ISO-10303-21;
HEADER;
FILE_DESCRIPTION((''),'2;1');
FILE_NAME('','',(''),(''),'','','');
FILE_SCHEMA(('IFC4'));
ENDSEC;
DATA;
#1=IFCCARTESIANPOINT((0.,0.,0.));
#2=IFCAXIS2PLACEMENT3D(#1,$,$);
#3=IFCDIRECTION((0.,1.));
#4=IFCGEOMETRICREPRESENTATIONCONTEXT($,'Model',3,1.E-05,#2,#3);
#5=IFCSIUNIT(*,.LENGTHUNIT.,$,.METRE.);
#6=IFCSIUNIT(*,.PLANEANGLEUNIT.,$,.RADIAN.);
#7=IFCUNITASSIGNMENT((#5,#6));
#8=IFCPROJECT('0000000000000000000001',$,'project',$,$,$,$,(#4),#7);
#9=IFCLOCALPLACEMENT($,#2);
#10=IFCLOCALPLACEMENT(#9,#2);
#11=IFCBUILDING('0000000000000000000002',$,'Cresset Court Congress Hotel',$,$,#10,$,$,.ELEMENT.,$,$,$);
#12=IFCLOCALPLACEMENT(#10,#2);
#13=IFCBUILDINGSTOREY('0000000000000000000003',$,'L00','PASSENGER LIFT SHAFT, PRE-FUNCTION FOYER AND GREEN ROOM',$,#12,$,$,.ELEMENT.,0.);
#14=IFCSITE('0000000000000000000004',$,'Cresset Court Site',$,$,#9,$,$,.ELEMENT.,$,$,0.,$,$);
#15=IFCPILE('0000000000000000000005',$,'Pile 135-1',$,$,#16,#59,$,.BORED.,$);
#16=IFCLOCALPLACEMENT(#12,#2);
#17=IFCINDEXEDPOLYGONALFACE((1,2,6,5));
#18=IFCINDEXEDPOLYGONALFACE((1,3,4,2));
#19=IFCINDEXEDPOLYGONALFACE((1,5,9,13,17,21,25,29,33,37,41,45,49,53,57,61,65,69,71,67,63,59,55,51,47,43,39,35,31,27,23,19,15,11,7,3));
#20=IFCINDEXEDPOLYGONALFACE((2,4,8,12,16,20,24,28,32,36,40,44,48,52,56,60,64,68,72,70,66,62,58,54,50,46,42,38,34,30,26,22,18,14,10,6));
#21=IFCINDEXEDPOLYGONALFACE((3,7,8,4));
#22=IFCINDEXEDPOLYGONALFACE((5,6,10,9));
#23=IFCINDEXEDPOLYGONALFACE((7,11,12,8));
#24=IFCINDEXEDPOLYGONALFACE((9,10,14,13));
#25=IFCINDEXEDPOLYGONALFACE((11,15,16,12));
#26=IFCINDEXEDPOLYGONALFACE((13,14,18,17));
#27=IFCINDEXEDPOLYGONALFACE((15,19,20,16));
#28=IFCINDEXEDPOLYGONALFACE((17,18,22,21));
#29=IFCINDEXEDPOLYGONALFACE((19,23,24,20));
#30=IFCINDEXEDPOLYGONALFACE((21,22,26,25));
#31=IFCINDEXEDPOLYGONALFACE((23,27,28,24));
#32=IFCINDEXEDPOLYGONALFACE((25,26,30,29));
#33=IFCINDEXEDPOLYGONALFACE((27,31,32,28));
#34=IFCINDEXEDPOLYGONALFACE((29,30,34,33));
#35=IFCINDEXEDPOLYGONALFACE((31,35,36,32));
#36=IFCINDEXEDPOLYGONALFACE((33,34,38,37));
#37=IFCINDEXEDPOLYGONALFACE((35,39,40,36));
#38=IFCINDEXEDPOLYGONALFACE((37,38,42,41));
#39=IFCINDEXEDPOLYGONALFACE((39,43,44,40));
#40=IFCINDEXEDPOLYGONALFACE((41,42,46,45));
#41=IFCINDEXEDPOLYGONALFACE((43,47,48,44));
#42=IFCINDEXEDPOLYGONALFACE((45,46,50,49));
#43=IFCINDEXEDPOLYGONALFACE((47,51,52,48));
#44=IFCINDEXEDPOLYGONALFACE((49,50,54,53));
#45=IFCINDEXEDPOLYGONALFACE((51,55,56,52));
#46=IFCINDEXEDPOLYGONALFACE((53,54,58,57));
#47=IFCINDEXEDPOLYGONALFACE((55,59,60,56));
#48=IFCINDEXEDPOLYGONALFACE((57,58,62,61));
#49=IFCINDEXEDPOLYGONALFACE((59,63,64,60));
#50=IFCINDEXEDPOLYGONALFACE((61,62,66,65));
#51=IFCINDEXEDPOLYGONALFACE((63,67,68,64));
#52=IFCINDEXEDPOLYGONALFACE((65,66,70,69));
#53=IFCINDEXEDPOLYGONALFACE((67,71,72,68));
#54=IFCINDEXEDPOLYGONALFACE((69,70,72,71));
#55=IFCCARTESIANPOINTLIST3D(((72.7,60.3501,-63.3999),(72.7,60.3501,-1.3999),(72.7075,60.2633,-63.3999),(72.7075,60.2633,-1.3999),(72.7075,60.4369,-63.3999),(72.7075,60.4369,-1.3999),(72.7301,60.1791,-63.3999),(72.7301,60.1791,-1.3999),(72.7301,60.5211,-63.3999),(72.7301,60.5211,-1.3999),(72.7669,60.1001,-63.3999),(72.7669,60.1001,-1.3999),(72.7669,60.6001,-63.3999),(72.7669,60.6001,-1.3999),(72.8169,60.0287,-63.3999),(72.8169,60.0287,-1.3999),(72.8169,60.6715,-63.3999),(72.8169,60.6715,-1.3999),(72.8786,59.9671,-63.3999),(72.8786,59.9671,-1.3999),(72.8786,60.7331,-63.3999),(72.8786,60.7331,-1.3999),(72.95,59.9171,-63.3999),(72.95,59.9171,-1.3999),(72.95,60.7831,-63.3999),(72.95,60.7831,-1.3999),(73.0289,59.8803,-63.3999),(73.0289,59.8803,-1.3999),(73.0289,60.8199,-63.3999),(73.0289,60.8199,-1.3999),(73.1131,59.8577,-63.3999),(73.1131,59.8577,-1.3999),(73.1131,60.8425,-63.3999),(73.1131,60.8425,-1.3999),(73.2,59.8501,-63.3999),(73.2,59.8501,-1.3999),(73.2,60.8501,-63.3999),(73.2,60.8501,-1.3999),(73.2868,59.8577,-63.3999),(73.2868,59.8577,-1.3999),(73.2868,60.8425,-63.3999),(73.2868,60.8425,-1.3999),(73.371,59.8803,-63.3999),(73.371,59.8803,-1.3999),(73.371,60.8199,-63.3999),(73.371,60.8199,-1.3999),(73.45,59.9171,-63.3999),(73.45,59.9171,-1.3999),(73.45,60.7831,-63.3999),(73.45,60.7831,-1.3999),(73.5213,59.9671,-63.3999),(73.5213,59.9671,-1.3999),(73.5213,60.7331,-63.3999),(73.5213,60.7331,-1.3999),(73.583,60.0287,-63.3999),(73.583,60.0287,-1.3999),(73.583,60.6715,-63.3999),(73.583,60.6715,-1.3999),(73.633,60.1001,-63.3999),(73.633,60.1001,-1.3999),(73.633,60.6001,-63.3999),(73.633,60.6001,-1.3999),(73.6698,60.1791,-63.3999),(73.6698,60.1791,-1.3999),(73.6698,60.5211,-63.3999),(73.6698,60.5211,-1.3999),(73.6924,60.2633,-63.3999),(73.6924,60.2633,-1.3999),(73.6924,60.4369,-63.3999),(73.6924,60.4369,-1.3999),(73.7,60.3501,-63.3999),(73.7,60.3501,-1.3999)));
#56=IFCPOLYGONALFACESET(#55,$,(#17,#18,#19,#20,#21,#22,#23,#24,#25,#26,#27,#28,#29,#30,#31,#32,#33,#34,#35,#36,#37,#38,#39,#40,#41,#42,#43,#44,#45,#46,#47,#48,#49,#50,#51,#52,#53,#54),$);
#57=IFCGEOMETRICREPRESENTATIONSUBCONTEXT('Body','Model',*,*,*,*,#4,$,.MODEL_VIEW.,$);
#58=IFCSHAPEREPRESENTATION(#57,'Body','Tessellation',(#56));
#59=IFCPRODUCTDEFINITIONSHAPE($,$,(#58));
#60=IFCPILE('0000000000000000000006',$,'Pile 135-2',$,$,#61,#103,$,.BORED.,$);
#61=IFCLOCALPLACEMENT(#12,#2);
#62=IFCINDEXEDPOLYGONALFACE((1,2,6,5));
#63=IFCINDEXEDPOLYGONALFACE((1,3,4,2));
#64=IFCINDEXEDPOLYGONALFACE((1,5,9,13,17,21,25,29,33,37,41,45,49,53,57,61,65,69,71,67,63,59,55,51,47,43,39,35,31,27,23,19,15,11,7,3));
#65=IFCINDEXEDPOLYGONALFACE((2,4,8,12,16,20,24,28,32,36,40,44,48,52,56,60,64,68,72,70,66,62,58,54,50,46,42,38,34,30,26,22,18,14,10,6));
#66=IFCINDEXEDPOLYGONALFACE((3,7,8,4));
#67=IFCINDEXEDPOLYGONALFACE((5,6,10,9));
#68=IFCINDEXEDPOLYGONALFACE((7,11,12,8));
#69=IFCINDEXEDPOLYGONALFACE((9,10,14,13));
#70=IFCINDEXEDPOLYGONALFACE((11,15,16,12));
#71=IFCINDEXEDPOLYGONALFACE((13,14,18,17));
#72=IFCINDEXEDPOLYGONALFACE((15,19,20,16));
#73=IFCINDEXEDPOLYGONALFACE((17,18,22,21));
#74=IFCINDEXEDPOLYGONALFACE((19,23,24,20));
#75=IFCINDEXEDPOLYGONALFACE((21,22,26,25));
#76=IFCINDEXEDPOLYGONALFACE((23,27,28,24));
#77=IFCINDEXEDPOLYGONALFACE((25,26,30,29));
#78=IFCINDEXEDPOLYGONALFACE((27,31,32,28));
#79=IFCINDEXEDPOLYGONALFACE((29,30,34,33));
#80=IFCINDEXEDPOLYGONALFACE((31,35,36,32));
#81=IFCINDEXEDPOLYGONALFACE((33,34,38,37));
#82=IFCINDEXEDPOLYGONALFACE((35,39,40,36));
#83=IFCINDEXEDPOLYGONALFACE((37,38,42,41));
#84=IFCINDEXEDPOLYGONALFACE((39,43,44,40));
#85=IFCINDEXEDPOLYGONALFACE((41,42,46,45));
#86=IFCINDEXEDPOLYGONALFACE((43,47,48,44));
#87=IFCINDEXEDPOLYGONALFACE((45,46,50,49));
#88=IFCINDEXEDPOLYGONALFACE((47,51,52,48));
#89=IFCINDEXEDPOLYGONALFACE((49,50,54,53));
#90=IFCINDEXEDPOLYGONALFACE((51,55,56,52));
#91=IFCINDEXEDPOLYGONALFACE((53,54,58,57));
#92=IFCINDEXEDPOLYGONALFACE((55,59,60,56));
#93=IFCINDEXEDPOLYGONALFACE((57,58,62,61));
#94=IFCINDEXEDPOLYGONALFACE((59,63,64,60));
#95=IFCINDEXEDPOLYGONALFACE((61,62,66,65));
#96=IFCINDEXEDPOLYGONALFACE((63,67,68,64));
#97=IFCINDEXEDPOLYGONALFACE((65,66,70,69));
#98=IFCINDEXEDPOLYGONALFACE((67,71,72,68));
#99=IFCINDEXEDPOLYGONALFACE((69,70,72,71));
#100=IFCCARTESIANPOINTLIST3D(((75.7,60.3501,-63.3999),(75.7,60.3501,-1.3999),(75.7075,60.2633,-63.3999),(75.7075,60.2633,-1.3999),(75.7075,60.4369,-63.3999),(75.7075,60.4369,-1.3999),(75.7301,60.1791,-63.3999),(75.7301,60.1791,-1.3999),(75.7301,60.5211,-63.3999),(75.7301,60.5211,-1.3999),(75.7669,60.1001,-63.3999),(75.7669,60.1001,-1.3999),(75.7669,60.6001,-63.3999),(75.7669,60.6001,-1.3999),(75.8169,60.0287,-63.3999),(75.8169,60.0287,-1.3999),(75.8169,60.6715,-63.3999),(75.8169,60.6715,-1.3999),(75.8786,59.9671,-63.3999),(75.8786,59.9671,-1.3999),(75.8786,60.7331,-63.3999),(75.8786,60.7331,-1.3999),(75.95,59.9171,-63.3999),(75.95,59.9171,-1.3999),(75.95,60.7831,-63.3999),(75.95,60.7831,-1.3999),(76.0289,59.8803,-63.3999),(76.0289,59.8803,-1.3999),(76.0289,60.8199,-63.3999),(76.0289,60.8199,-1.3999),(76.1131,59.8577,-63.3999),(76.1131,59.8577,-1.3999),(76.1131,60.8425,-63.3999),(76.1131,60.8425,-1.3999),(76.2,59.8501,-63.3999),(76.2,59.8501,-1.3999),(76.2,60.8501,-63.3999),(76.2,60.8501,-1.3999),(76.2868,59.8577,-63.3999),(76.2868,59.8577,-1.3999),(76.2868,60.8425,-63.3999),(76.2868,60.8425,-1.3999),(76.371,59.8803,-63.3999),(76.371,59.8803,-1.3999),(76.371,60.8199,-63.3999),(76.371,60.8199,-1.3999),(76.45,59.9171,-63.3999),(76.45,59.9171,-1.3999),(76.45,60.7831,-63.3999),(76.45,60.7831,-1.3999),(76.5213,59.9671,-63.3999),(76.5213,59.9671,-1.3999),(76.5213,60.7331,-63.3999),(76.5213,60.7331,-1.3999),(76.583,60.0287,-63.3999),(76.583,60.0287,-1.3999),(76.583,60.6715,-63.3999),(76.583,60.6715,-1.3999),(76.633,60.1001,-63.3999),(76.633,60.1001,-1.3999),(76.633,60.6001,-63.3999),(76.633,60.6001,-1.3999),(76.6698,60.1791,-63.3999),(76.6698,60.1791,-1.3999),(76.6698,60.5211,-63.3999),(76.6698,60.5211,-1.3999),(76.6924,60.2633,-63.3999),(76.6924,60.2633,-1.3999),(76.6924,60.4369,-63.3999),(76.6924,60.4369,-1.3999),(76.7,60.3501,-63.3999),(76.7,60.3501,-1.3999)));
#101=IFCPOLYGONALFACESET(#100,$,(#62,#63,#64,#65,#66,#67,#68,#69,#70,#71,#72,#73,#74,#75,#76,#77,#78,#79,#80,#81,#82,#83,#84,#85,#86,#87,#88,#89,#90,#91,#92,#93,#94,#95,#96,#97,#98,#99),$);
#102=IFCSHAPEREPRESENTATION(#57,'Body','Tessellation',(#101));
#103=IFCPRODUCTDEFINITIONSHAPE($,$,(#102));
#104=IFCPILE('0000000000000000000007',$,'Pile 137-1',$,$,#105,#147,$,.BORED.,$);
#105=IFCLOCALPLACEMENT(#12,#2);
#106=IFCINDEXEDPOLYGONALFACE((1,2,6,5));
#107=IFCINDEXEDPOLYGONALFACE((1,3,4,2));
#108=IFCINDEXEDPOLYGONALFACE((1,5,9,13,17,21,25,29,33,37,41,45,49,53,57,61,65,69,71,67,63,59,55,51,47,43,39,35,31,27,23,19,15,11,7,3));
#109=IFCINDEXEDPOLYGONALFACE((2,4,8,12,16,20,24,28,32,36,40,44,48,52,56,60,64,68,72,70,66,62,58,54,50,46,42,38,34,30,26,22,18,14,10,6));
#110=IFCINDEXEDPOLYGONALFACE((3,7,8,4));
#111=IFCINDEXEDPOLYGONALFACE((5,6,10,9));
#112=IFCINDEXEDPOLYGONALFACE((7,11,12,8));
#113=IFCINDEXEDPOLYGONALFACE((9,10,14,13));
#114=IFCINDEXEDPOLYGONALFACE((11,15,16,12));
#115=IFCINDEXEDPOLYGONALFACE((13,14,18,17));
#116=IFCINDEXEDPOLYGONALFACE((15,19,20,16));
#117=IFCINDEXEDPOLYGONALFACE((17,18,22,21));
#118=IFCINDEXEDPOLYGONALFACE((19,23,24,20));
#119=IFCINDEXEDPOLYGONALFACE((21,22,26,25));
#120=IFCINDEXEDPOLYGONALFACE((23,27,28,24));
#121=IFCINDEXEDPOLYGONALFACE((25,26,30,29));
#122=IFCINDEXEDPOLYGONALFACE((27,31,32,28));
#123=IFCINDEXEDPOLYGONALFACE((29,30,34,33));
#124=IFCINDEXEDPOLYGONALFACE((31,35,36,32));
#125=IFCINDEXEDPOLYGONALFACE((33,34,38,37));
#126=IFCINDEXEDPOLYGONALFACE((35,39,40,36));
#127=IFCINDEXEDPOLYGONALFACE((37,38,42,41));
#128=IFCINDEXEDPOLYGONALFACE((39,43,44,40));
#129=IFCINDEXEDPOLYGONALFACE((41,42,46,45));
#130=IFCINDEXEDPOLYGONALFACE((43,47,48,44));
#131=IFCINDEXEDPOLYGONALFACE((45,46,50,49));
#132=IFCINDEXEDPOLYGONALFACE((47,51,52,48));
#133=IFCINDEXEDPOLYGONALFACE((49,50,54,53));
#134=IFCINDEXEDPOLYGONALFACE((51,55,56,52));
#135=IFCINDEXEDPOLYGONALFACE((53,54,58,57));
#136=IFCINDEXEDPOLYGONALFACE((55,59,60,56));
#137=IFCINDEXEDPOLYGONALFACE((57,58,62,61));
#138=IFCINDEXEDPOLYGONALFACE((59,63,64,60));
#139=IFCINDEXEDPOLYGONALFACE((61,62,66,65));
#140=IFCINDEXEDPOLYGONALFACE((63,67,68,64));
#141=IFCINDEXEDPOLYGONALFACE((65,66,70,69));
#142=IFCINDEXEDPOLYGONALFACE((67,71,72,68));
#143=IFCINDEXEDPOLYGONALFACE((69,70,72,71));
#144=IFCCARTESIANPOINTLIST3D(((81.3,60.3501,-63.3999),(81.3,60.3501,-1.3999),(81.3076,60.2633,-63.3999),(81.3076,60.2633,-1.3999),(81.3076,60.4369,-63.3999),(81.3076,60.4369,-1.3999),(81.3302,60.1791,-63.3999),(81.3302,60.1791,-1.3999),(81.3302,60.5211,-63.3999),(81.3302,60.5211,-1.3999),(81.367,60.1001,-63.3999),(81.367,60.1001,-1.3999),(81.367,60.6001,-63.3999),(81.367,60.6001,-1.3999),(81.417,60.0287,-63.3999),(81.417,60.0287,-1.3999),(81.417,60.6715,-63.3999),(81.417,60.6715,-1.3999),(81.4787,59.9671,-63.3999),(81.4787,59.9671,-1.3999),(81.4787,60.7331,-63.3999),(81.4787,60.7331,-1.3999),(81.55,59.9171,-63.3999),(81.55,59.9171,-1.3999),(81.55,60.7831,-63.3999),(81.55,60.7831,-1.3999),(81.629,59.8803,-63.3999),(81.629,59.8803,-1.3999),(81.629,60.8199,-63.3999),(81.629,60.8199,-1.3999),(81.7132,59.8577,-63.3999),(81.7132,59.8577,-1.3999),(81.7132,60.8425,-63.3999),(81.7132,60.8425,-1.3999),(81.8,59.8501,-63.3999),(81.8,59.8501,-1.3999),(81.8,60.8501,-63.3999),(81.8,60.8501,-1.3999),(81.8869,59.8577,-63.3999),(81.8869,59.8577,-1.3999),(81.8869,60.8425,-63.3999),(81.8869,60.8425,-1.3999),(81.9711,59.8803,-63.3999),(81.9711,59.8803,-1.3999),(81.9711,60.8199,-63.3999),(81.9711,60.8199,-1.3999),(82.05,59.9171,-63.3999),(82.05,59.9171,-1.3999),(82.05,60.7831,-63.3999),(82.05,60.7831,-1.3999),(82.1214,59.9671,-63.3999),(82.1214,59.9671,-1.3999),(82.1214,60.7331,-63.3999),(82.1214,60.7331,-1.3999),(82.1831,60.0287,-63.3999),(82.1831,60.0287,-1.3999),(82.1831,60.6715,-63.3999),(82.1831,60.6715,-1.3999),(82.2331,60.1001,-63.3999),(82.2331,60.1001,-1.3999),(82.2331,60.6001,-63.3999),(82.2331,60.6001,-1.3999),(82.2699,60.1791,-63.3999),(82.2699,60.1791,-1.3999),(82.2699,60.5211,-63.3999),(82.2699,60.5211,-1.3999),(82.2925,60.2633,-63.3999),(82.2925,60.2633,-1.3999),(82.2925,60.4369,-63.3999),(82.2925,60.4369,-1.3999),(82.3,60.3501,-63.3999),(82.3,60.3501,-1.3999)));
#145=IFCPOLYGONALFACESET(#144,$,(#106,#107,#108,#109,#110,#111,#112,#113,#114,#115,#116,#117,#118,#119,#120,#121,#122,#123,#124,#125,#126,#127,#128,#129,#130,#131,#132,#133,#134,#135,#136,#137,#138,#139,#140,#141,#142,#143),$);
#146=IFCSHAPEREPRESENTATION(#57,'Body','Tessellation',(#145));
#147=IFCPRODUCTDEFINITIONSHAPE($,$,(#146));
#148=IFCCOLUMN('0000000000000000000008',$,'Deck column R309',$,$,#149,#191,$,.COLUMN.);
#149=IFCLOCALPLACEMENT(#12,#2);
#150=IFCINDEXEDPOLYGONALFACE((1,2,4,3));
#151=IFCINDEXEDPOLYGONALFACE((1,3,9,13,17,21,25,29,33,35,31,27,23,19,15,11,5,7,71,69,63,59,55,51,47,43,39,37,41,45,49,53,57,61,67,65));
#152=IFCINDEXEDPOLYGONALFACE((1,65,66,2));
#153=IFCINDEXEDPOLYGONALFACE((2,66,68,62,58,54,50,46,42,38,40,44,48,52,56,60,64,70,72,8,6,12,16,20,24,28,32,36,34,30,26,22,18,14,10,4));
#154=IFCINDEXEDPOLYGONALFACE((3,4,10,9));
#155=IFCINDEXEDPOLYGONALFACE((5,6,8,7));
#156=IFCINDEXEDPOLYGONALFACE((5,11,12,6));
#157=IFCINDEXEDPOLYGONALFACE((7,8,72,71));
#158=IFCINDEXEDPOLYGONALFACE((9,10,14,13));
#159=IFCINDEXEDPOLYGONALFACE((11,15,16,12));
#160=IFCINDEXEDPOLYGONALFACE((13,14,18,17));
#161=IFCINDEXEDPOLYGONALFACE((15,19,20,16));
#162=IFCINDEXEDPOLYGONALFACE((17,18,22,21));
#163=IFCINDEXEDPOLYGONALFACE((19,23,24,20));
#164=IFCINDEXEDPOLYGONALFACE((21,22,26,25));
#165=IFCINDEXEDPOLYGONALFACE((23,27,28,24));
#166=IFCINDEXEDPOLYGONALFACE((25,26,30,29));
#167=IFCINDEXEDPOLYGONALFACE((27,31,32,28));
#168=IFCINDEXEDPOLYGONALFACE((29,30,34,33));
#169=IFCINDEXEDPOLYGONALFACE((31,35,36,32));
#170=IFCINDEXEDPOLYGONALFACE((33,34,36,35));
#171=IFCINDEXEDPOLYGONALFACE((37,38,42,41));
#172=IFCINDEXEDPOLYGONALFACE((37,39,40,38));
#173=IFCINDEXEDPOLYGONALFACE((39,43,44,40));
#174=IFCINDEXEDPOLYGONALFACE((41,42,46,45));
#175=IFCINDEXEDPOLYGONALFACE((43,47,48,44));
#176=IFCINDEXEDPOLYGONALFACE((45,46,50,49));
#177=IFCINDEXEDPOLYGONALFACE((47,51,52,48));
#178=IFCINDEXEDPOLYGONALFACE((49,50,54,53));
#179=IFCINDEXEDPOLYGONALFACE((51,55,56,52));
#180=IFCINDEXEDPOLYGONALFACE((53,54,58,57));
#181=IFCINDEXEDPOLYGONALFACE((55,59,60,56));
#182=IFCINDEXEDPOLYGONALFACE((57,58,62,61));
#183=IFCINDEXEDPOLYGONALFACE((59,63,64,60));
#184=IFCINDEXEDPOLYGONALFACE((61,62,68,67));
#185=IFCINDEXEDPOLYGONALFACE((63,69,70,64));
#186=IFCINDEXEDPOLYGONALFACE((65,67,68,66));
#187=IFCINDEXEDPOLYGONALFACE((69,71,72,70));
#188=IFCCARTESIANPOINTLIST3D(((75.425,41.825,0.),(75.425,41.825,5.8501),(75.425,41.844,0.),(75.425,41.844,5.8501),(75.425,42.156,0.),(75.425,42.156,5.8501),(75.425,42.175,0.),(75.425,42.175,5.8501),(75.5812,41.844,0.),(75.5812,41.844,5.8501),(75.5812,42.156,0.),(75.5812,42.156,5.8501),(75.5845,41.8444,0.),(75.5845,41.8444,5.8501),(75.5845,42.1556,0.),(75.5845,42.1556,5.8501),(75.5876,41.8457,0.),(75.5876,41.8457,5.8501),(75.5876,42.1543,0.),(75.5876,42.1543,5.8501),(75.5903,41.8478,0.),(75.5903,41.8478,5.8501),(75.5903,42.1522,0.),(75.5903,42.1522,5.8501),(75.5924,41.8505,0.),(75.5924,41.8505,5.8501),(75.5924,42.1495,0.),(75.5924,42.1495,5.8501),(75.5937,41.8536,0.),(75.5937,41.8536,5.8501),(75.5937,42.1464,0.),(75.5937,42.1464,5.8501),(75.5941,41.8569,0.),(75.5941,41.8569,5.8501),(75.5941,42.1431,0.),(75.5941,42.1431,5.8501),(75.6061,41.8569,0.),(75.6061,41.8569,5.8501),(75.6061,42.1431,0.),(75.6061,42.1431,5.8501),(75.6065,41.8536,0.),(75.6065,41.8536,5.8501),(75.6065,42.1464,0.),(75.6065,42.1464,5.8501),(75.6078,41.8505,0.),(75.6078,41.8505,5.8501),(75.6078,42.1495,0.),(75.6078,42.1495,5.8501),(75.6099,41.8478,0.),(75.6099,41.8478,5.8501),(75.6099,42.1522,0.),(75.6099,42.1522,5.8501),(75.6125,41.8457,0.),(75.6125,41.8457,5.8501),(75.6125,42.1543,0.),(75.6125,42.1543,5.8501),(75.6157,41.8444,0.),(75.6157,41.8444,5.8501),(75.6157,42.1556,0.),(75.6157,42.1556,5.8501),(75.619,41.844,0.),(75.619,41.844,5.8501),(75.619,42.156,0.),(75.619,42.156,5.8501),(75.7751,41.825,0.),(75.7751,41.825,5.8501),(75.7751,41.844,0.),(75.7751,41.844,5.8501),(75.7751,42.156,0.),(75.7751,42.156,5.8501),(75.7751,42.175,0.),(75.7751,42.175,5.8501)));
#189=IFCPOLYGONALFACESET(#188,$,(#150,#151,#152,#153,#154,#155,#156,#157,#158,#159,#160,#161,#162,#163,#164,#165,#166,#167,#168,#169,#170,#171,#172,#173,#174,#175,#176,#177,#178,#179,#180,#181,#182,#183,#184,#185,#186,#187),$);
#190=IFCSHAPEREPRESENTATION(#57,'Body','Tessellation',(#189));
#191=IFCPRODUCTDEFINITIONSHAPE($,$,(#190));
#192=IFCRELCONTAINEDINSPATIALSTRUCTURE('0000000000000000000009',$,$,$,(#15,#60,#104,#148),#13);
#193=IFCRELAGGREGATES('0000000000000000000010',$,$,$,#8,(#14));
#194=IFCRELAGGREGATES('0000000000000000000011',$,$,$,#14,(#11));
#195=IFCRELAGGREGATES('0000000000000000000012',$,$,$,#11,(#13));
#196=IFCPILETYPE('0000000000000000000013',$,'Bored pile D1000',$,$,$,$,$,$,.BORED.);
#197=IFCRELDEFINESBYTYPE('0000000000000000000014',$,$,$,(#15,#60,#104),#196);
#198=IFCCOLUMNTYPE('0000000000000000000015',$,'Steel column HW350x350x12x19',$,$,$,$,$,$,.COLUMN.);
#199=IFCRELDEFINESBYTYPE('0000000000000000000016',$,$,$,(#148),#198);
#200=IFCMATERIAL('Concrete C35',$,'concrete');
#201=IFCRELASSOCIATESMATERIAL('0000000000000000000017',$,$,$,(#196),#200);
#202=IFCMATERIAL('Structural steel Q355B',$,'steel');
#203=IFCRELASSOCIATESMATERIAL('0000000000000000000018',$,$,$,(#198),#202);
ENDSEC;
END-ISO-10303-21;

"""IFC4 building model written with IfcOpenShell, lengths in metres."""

from ifc_helpers import new_model, si_unit, direction, frame, origin, origin_2d, place, context, subcontext, project, spatial, circle, i_section, extrude, material, material_profile, profile_set, type_object, element, save


model = new_model("IFC4")

# Units and contexts
model_context = context("Model", 3, precision=1e-05, world=origin(), true_north=direction((0.0, 1.0)))
body_context = subcontext(model_context, "Body", "Model", "MODEL_VIEW")
ifc_project = project(units=[si_unit("LENGTHUNIT", "METRE"), si_unit("PLANEANGLEUNIT", "RADIAN")], contexts=[model_context])

# Site, building, storey
site_placement = place(None, origin())
site = spatial("IfcSite", under=ifc_project, at=site_placement, Name="Cresset Court Site", CompositionType="ELEMENT", RefElevation=0.0)
building_placement = place(site_placement, origin())
building = spatial("IfcBuilding", under=site, at=building_placement, Name="Cresset Court Congress Hotel", CompositionType="ELEMENT")
storey_placement = place(building_placement, origin())
storey = spatial("IfcBuildingStorey", under=building, at=storey_placement, Name="L00", Description="PASSENGER LIFT SHAFT, PRE-FUNCTION FOYER AND GREEN ROOM", CompositionType="ELEMENT", Elevation=0.0)

# Piles
ifc_material_1 = material(Name="Concrete C35", Category="concrete")
pile_type = type_object("IfcPileType", Name="Bored pile D1000", PredefinedType="BORED", material=ifc_material_1)
for number, where, z_axis, x_axis, name in (
    (1, (73.2, 60.3501, -1.3999), (0.0, 0.0, -1.0), (1.0, 0.0, 0.0), "Pile 135-1"),
    (2, (76.2, 60.3501, -1.3999), (0.0, 0.0, -1.0), (1.0, 0.0, 0.0), "Pile 135-2"),
    (3, (81.8, 60.3501, -1.3999), (0.0, 0.0, -1.0), (1.0, 0.0, 0.0), "Pile 137-1"),
):
    element("IfcPile", number, at=place(storey_placement, frame(where, z_axis=z_axis, x_axis=x_axis)), inside=storey, type_object=pile_type, Name=name, PredefinedType="BORED", context=body_context, shape_type="SweptSolid", body=[
        extrude(circle(Radius=0.5, at=origin_2d()), origin(), (0.0, 0.0, 1.0), 62.0),
    ])

# Column
ifc_material_2 = material(Name="Structural steel Q355B", Category="steel")
ifc_material_profile_1 = material_profile(ifc_material_2, i_section(OverallWidth=0.3501, OverallDepth=0.3501, WebThickness=0.012, FlangeThickness=0.019, FilletRadius=0.0129, at=origin_2d()), Name="HW350x350x12x19")
ifc_profile_set_1 = profile_set([ifc_material_profile_1], Name="Structural steel Q355B")
column_type_1 = type_object("IfcColumnType", Name="Steel column HW350x350x12x19", PredefinedType="COLUMN", material=ifc_profile_set_1)
for number, where, z_axis, x_axis, name in (
    (4, (75.6001, 42.0, 0.0), (0.0, 0.0, 1.0), (1.0, 0.0, 0.0), "Deck column R309"),
):
    element("IfcColumn", number, at=place(storey_placement, frame(where, z_axis=z_axis, x_axis=x_axis)), inside=storey, type_object=column_type_1, Name=name, PredefinedType="COLUMN", context=body_context, shape_type="SweptSolid", body=[
        extrude(i_section(OverallWidth=0.3501, OverallDepth=0.3501, WebThickness=0.012, FlangeThickness=0.019, FilletRadius=0.0129, at=origin_2d()), origin(), (0.0, 0.0, 1.0), 5.8501),
    ])

save(model, "model.ifc")
